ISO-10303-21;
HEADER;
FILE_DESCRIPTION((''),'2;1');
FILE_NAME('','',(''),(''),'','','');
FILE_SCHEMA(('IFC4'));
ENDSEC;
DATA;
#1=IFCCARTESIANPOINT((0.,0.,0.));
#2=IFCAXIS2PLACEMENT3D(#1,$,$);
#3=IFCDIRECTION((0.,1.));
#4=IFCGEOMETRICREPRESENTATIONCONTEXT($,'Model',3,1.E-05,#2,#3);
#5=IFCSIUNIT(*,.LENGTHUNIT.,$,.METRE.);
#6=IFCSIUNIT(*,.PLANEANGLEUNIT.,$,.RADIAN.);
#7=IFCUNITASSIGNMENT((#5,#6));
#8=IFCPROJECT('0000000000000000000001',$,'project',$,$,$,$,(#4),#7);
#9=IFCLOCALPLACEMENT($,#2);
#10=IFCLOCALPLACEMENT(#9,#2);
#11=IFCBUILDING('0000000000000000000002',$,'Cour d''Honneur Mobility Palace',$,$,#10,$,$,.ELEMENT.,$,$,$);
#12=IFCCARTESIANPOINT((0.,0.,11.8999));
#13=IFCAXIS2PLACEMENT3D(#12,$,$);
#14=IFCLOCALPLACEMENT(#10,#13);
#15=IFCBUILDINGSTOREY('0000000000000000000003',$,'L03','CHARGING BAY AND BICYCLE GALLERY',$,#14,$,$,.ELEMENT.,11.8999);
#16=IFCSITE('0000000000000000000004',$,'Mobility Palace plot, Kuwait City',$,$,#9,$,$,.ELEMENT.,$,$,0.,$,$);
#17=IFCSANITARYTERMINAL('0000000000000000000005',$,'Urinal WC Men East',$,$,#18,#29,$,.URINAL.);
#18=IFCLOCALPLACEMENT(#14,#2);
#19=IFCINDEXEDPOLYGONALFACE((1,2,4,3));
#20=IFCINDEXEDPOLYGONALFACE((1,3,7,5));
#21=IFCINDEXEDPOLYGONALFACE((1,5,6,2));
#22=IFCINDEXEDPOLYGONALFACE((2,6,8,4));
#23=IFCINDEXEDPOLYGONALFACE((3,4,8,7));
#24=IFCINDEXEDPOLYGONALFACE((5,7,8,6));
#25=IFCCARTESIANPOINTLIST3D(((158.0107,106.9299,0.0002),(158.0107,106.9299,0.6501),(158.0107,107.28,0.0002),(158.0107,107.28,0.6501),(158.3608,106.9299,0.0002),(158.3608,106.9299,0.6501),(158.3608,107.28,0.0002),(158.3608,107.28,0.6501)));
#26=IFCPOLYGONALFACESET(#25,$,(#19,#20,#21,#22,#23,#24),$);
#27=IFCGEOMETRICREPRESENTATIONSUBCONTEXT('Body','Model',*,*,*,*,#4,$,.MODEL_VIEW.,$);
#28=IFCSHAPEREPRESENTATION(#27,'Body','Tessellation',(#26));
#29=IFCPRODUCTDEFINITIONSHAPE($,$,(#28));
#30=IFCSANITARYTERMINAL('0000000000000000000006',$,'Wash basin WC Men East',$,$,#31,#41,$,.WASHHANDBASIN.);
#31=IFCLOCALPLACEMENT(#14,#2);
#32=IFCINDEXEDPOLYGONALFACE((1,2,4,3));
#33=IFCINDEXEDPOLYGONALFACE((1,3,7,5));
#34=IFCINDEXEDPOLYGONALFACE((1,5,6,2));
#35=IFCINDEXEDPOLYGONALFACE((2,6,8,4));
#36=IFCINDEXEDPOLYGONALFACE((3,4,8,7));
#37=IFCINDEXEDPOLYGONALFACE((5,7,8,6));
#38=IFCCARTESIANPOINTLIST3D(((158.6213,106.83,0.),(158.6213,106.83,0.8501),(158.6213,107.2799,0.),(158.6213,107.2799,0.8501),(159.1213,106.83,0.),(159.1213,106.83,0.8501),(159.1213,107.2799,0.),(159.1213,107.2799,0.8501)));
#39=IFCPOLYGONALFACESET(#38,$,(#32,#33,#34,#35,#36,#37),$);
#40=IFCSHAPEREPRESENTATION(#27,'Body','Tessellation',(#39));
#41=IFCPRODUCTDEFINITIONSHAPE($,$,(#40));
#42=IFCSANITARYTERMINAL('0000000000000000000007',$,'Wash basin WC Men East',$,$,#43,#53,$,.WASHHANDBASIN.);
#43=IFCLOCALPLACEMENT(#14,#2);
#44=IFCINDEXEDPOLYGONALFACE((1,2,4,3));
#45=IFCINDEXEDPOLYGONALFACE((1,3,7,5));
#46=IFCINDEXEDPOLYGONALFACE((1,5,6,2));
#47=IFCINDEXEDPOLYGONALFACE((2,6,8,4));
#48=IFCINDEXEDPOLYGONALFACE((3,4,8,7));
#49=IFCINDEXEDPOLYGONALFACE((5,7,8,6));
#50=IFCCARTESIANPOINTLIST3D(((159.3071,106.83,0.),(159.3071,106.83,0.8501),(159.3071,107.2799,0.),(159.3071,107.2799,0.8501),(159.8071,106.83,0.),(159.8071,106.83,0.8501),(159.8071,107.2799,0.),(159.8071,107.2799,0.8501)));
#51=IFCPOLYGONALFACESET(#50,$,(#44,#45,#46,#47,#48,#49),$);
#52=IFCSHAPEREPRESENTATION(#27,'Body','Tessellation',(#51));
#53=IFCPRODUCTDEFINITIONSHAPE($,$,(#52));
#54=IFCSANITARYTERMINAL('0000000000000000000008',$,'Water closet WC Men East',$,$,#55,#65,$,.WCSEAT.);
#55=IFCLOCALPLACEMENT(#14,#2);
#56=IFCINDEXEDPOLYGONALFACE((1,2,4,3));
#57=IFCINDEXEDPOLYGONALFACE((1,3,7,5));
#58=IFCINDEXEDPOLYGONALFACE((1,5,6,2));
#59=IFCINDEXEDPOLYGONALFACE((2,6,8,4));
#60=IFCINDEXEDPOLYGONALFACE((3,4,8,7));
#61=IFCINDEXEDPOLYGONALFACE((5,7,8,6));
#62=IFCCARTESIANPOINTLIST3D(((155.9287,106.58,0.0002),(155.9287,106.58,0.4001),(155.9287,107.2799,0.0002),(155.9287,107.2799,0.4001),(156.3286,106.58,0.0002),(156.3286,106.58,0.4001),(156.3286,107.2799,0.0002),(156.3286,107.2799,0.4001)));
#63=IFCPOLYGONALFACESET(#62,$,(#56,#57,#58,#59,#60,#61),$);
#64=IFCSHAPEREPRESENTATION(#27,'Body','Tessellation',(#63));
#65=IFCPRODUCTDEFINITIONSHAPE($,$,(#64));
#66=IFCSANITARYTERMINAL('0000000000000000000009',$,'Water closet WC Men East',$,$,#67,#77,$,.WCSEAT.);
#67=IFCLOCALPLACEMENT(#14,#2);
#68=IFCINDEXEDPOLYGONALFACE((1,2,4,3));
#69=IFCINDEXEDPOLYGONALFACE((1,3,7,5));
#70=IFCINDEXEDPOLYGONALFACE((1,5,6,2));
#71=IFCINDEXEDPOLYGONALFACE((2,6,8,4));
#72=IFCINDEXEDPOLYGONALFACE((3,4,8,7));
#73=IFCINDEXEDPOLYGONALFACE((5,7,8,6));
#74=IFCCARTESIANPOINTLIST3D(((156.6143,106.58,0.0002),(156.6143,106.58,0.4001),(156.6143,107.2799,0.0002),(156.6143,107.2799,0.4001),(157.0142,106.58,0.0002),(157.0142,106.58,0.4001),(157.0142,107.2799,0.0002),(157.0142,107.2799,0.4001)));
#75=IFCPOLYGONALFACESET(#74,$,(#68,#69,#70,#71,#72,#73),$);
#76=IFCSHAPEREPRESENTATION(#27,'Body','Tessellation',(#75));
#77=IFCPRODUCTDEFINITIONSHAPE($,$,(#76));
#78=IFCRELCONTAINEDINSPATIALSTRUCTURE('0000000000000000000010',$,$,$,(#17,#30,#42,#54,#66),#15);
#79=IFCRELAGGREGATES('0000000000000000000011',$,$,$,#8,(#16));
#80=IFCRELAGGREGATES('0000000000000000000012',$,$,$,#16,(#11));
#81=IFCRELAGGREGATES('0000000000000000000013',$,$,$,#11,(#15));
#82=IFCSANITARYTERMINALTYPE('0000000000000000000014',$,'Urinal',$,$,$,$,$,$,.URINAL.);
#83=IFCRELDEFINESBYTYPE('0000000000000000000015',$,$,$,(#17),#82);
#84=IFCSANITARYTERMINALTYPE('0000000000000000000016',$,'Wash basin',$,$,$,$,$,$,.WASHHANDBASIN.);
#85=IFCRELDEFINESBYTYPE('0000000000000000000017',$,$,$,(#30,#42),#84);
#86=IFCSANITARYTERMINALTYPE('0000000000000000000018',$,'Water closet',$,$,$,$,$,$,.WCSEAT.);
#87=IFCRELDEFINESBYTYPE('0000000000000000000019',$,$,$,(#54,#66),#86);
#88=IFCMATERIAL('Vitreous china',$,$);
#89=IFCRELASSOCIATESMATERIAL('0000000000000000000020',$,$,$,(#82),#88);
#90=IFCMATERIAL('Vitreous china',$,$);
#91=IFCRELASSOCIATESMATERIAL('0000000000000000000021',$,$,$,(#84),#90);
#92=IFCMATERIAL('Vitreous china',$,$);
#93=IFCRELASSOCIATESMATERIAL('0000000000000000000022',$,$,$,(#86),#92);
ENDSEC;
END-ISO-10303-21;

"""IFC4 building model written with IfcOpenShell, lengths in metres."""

from ifc_helpers import new_model, si_unit, direction, frame, origin, origin_2d, place, context, subcontext, project, spatial, rectangle, extrude, material, type_object, element, save


model = new_model("IFC4")

# Units and contexts
model_context = context("Model", 3, precision=1e-05, world=origin(), true_north=direction((0.0, 1.0)))
body_context = subcontext(model_context, "Body", "Model", "MODEL_VIEW")
ifc_project = project(units=[si_unit("LENGTHUNIT", "METRE"), si_unit("PLANEANGLEUNIT", "RADIAN")], contexts=[model_context])

# Site, building, storey
site_placement = place(None, origin())
site = spatial("IfcSite", under=ifc_project, at=site_placement, Name="Mobility Palace plot, Kuwait City", CompositionType="ELEMENT", RefElevation=0.0)
building_placement = place(site_placement, origin())
building = spatial("IfcBuilding", under=site, at=building_placement, Name="Cour d'Honneur Mobility Palace", CompositionType="ELEMENT")
storey_placement = place(building_placement, frame((0.0, 0.0, 11.8999)))
storey = spatial("IfcBuildingStorey", under=building, at=storey_placement, Name="L03", Description="CHARGING BAY AND BICYCLE GALLERY", CompositionType="ELEMENT", Elevation=11.8999)

# Sanitary terminals
ifc_material_1 = material(Name="Vitreous china")
sanitary_terminal_type_1 = type_object("IfcSanitaryTerminalType", Name="Urinal", PredefinedType="URINAL", material=ifc_material_1)
for number, where, z_axis, x_axis, name in (
    (1, (158.1858, 107.105, 0.0002), (0.0, 0.0, 1.0), (1.0, 0.0, 0.0), "Urinal WC Men East"),
):
    element("IfcSanitaryTerminal", number, at=place(storey_placement, frame(where, z_axis=z_axis, x_axis=x_axis)), inside=storey, type_object=sanitary_terminal_type_1, Name=name, PredefinedType="URINAL", context=body_context, shape_type="SweptSolid", body=[
        extrude(rectangle(XDim=0.3501, YDim=0.3501, at=origin_2d()), origin(), (0.0, 0.0, 1.0), 0.6499),
    ])
ifc_material_2 = material(Name="Vitreous china")
sanitary_terminal_type_2 = type_object("IfcSanitaryTerminalType", Name="Wash basin", PredefinedType="WASHHANDBASIN", material=ifc_material_2)
for number, where, z_axis, x_axis, name in (
    (2, (158.8713, 107.0549, 0.0), (0.0, 0.0, 1.0), (1.0, 0.0, 0.0), "Wash basin WC Men East"),
    (3, (159.5571, 107.0549, 0.0), (0.0, 0.0, 1.0), (1.0, 0.0, 0.0), "Wash basin WC Men East"),
):
    element("IfcSanitaryTerminal", number, at=place(storey_placement, frame(where, z_axis=z_axis, x_axis=x_axis)), inside=storey, type_object=sanitary_terminal_type_2, Name=name, PredefinedType="WASHHANDBASIN", context=body_context, shape_type="SweptSolid", body=[
        extrude(rectangle(XDim=0.5, YDim=0.45, at=origin_2d()), origin(), (0.0, 0.0, 1.0), 0.8501),
    ])
ifc_material_3 = material(Name="Vitreous china")
sanitary_terminal_type_3 = type_object("IfcSanitaryTerminalType", Name="Water closet", PredefinedType="WCSEAT", material=ifc_material_3)
for number, where, z_axis, x_axis, name in (
    (4, (156.1287, 106.9299, 0.0002), (0.0, 0.0, 1.0), (1.0, 0.0, 0.0), "Water closet WC Men East"),
    (5, (156.8142, 106.9299, 0.0002), (0.0, 0.0, 1.0), (1.0, 0.0, 0.0), "Water closet WC Men East"),
):
    element("IfcSanitaryTerminal", number, at=place(storey_placement, frame(where, z_axis=z_axis, x_axis=x_axis)), inside=storey, type_object=sanitary_terminal_type_3, Name=name, PredefinedType="WCSEAT", context=body_context, shape_type="SweptSolid", body=[
        extrude(rectangle(XDim=0.3999, YDim=0.7, at=origin_2d()), origin(), (0.0, 0.0, 1.0), 0.3999),
    ])

save(model, "model.ifc")
